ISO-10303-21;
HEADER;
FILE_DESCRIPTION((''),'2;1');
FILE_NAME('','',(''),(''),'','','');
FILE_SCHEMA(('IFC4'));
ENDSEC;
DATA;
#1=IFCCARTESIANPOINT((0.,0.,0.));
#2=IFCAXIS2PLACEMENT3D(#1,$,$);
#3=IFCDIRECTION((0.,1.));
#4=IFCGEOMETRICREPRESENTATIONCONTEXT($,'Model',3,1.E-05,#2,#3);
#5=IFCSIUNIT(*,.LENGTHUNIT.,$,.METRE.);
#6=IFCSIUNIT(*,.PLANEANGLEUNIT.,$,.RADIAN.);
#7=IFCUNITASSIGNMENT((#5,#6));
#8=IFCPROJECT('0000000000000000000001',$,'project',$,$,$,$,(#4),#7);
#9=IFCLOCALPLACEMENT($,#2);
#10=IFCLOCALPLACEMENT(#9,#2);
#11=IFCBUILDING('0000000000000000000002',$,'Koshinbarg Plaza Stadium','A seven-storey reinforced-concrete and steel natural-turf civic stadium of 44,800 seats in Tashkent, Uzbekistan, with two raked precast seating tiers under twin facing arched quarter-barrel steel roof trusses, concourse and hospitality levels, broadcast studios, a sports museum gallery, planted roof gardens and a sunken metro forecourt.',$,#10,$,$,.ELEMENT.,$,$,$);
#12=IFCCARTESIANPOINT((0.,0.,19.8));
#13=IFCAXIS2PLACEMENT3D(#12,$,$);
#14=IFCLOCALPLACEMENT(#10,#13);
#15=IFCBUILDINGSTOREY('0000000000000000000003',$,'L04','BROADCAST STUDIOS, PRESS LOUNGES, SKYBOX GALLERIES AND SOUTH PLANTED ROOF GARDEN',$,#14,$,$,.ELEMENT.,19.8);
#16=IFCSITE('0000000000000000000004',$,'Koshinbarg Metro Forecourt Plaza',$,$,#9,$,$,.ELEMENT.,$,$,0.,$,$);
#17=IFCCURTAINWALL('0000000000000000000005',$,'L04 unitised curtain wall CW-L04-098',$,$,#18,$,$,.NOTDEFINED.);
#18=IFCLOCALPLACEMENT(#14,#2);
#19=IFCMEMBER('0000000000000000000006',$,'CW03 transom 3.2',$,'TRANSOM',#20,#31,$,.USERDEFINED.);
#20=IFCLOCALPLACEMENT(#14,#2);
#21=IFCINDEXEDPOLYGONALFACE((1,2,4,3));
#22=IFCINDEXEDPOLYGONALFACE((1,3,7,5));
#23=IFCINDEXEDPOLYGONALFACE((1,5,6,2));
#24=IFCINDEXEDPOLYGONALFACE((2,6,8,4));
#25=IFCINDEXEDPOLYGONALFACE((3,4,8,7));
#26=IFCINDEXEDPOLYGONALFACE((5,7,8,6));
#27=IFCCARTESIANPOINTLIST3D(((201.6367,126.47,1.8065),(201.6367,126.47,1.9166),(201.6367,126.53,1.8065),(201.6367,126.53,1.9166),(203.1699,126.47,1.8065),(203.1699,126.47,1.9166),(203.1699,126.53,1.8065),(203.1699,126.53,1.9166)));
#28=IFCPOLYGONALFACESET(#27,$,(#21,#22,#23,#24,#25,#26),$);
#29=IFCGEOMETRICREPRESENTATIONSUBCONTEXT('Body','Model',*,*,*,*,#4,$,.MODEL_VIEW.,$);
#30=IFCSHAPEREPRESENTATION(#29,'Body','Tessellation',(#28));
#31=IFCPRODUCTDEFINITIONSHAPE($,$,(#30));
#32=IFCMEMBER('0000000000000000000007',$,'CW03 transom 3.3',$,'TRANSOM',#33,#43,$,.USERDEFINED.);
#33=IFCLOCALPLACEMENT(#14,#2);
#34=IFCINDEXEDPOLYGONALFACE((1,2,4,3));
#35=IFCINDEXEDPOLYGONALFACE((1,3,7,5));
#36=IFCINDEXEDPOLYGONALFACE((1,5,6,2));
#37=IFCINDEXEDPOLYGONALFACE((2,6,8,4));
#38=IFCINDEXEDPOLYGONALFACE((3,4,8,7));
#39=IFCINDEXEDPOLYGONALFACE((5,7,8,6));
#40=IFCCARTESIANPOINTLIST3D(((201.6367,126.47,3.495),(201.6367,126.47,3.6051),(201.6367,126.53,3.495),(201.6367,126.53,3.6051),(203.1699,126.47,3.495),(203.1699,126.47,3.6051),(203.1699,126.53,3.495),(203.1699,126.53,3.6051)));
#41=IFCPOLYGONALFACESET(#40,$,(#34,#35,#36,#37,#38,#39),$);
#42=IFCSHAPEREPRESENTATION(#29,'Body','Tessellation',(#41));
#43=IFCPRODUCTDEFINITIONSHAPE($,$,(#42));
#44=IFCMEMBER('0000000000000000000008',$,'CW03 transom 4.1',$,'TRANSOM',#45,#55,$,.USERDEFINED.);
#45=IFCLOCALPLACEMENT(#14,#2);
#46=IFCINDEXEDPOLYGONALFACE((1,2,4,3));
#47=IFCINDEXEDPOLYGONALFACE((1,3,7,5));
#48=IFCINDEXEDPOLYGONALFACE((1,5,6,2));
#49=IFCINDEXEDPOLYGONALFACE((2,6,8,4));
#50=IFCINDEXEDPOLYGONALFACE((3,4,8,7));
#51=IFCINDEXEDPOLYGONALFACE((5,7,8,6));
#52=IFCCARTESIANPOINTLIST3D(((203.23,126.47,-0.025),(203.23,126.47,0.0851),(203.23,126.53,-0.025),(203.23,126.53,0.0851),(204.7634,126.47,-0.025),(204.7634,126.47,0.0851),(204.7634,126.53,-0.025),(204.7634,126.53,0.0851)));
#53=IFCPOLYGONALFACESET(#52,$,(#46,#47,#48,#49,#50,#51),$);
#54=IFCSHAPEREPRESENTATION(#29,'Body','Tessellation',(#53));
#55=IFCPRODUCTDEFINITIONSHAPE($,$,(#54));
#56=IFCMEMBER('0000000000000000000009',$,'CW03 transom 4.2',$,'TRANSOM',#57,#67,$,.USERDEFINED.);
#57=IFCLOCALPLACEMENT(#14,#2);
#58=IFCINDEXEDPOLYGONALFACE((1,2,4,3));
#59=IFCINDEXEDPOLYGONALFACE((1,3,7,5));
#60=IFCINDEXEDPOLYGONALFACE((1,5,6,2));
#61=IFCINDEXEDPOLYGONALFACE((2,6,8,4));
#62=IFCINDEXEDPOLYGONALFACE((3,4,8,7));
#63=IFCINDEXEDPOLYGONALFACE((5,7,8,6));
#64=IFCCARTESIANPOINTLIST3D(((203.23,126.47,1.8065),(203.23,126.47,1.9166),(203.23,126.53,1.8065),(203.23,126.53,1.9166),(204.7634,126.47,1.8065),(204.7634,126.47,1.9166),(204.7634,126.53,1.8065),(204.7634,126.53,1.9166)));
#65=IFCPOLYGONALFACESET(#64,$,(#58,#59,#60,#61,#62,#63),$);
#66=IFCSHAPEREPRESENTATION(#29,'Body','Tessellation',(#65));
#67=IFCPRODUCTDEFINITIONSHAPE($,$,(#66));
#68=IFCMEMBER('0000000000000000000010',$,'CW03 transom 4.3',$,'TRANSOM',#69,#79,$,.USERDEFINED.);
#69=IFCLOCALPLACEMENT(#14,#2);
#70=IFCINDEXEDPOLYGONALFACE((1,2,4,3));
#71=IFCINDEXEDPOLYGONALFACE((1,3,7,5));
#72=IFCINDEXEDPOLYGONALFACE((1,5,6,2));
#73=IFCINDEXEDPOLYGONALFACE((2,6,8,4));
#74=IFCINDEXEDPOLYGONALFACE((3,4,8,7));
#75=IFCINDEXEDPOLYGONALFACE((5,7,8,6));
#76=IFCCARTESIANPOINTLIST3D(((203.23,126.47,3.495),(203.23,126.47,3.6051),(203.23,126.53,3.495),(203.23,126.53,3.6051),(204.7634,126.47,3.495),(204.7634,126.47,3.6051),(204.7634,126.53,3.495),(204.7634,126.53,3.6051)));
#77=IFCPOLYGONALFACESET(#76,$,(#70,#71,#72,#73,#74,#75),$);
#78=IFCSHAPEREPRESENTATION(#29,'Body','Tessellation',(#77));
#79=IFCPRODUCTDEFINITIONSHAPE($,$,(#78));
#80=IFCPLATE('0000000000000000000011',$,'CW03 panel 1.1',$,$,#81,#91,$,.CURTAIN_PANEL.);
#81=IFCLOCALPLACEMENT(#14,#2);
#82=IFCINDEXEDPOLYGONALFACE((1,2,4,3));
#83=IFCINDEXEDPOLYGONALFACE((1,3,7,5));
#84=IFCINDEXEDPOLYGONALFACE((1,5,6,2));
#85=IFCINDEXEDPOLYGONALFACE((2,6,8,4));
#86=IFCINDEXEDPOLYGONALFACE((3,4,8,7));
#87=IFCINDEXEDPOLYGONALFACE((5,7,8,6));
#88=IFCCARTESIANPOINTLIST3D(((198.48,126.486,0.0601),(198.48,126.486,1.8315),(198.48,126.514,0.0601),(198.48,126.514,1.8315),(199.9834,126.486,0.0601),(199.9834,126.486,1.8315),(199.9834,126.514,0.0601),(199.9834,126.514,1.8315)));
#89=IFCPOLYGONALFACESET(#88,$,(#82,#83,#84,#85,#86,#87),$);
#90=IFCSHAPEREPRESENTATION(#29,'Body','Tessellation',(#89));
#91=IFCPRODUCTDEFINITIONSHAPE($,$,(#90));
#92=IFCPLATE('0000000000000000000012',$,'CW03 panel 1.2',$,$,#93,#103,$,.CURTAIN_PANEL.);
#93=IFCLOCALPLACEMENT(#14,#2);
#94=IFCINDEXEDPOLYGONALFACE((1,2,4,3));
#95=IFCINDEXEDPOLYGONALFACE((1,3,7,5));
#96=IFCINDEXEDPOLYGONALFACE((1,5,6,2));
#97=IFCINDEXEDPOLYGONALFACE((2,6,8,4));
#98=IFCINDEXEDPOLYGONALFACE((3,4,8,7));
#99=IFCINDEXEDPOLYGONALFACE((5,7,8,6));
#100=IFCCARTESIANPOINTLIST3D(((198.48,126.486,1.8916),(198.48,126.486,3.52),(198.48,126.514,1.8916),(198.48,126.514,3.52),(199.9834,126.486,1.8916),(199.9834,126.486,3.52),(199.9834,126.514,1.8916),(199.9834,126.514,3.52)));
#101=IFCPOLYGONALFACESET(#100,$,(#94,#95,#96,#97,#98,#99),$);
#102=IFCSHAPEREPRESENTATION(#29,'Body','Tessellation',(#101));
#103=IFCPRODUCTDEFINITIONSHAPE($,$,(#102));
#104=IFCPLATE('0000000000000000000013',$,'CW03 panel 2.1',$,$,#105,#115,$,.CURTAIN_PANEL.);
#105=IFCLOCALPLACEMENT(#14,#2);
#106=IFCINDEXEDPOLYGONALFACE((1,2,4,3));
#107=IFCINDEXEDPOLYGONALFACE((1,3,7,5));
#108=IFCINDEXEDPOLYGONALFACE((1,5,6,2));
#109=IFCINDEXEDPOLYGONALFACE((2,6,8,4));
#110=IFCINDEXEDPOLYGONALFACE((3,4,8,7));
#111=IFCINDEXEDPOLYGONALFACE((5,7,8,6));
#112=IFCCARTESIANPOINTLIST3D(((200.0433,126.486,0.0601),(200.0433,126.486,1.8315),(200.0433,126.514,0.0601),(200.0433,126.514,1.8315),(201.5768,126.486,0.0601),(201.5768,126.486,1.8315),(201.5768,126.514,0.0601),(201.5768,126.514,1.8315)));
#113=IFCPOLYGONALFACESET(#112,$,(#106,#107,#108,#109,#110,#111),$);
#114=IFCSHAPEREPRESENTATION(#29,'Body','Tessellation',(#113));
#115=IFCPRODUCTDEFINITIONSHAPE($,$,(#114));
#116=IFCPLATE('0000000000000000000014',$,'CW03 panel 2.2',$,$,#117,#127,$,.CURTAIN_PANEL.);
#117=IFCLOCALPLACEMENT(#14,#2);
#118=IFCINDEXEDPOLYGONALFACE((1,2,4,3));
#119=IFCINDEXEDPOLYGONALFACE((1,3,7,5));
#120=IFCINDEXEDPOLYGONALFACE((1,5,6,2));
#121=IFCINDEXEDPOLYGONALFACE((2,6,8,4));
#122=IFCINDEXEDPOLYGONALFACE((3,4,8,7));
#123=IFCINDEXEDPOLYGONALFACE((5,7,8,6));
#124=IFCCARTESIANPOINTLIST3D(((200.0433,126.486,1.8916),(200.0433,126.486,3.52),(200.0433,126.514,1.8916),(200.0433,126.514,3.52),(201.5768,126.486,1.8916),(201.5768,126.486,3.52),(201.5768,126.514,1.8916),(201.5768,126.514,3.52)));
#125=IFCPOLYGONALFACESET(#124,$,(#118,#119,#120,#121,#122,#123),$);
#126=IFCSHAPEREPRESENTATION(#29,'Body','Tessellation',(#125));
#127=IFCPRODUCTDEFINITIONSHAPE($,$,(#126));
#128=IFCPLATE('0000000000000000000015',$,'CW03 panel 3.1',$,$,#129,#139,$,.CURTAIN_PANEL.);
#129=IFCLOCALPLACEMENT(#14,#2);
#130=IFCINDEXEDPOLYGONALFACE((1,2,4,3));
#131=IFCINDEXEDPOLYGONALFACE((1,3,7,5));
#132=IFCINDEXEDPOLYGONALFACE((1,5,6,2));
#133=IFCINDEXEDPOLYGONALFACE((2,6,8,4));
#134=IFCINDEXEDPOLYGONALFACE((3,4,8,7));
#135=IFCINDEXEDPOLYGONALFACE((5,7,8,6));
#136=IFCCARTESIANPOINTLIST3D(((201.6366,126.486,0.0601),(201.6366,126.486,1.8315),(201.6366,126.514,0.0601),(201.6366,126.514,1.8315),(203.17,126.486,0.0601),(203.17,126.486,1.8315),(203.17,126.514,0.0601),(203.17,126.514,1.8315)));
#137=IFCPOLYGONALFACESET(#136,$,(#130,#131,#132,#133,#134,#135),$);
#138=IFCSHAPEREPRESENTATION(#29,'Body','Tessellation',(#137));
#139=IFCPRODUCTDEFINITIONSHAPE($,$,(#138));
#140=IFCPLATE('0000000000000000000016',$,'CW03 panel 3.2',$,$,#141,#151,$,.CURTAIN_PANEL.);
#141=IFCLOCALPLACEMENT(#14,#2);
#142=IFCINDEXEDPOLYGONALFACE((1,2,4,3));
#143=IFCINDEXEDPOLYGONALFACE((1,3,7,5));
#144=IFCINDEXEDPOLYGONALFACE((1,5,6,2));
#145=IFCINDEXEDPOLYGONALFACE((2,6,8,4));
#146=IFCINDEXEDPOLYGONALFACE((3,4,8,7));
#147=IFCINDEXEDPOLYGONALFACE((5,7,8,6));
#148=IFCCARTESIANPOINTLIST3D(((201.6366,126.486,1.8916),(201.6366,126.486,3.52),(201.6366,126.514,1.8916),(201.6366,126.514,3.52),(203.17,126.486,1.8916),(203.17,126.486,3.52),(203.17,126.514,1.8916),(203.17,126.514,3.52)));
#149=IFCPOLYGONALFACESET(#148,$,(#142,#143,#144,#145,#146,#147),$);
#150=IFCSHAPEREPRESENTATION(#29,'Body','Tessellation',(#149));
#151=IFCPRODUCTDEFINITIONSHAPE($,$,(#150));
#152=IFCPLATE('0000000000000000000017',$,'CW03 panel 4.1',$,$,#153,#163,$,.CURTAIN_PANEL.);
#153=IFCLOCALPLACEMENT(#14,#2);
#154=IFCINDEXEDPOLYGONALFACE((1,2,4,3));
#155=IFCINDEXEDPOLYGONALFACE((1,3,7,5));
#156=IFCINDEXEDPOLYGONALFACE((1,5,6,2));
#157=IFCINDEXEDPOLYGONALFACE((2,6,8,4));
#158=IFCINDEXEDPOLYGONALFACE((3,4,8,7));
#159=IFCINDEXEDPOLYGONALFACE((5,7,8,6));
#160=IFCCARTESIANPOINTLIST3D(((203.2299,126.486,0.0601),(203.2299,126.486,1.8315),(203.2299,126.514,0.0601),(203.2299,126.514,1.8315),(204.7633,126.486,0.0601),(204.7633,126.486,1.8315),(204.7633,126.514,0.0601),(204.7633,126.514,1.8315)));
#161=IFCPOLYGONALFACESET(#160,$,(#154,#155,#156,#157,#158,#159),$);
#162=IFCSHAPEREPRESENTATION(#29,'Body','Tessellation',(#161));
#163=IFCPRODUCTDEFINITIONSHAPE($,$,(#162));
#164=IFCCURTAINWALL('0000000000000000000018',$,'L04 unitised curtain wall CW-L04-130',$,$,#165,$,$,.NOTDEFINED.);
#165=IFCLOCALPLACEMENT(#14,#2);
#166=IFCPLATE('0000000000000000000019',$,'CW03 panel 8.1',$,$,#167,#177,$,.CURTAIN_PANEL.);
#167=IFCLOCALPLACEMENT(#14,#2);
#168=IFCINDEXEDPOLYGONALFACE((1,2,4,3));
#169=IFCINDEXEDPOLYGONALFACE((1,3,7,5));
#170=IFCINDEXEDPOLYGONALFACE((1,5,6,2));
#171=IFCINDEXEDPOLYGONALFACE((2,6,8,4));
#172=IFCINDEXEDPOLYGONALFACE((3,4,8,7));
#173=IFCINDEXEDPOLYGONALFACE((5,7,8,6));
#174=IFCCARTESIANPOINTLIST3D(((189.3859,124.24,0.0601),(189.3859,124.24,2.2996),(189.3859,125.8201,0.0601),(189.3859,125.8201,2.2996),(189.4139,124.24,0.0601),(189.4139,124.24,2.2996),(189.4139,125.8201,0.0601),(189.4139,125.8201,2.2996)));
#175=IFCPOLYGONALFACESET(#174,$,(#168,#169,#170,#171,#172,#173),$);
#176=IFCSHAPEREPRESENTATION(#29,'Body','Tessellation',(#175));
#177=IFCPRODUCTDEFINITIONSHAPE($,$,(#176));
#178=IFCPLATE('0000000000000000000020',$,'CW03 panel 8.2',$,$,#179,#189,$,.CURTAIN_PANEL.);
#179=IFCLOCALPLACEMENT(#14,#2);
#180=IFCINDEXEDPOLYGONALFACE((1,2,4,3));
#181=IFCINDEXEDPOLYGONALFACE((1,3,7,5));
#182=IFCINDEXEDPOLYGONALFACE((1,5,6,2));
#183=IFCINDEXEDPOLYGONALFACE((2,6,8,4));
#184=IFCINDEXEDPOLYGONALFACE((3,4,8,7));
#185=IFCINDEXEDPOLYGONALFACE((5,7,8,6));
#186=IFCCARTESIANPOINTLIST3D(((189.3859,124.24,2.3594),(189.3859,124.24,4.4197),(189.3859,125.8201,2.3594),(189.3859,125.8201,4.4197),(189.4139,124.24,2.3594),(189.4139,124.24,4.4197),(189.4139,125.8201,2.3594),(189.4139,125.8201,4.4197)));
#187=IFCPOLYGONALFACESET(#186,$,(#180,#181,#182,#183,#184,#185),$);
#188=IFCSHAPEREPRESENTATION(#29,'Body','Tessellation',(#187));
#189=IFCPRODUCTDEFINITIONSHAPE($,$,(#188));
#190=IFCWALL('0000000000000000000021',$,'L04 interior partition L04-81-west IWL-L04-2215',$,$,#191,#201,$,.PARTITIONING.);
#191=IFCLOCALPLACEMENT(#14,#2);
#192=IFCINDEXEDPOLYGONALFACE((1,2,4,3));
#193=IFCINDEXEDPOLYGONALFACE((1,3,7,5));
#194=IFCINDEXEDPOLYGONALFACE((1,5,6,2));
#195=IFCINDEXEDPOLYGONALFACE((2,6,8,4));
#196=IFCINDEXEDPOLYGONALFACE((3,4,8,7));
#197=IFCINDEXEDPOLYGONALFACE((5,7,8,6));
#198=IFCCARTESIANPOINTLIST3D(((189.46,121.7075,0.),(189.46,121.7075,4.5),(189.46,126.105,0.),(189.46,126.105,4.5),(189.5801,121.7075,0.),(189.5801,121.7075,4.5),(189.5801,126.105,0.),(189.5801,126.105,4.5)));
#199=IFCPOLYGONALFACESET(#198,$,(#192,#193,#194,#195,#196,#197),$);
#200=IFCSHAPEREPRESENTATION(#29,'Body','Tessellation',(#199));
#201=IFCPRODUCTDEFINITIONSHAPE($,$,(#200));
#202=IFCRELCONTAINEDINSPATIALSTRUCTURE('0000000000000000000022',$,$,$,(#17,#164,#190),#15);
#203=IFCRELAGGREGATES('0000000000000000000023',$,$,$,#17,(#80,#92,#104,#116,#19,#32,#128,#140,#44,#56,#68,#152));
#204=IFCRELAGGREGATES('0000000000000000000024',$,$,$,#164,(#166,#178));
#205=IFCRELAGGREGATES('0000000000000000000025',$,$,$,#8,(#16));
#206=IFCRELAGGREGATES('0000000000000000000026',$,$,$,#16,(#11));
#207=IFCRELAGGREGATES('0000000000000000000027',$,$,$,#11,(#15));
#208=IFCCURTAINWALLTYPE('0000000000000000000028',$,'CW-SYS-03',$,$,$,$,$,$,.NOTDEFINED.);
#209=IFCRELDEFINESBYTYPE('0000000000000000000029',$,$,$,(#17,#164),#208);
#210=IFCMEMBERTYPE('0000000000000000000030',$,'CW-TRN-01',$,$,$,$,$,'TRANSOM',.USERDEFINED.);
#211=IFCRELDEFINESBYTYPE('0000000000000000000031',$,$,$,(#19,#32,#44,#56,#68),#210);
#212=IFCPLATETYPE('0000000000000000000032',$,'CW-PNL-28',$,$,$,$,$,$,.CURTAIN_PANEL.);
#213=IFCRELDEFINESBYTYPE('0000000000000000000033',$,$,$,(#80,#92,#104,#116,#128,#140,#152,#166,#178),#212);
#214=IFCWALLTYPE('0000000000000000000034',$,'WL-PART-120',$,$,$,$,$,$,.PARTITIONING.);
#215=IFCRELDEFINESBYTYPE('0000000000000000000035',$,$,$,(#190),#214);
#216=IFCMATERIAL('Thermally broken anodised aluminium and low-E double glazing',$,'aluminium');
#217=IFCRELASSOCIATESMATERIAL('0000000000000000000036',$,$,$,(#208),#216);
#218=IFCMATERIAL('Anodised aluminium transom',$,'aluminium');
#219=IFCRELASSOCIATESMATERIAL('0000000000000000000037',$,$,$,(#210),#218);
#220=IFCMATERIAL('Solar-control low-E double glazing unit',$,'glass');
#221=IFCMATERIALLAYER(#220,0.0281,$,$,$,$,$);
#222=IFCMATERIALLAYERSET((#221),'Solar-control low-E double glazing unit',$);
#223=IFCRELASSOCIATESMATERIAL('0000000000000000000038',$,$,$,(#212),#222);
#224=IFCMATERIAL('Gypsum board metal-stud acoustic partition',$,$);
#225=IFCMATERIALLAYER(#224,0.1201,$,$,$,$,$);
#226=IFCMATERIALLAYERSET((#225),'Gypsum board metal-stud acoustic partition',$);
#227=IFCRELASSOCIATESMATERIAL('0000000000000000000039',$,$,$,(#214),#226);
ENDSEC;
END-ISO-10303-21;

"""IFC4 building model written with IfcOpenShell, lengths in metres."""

from ifc_helpers import new_model, si_unit, direction, frame, frame_2d, origin, origin_2d, place, context, subcontext, project, spatial, rectangle, extrude, material, layer, layer_set, material_profile, profile_set, type_object, element, aggregate, save


model = new_model("IFC4")

# Units and contexts
model_context = context("Model", 3, precision=1e-05, world=origin(), true_north=direction((0.0, 1.0)))
body_context = subcontext(model_context, "Body", "Model", "MODEL_VIEW")
ifc_project = project(units=[si_unit("LENGTHUNIT", "METRE"), si_unit("PLANEANGLEUNIT", "RADIAN")], contexts=[model_context])

# Site, building, storey
site_placement = place(None, origin())
site = spatial("IfcSite", under=ifc_project, at=site_placement, Name="Koshinbarg Metro Forecourt Plaza", CompositionType="ELEMENT", RefElevation=0.0)
building_placement = place(site_placement, origin())
building = spatial("IfcBuilding", under=site, at=building_placement, Name="Koshinbarg Plaza Stadium", Description="A seven-storey reinforced-concrete and steel natural-turf civic stadium of 44,800 seats in Tashkent, Uzbekistan, with two raked precast seating tiers under twin facing arched quarter-barrel steel roof trusses, concourse and hospitality levels, broadcast studios, a sports museum gallery, planted roof gardens and a sunken metro forecourt.", CompositionType="ELEMENT")
storey_placement = place(building_placement, frame((0.0, 0.0, 19.8)))
storey = spatial("IfcBuildingStorey", under=building, at=storey_placement, Name="L04", Description="BROADCAST STUDIOS, PRESS LOUNGES, SKYBOX GALLERIES AND SOUTH PLANTED ROOF GARDEN", CompositionType="ELEMENT", Elevation=19.8)

# Curtain wall, members, plates
ifc_material_1 = material(Name="Thermally broken anodised aluminium and low-E double glazing", Category="aluminium")
curtain_wall_type = type_object("IfcCurtainWallType", Name="CW-SYS-03", PredefinedType="NOTDEFINED", material=ifc_material_1)
curtain_wall_1_placement = place(storey_placement, origin())
curtain_wall_1 = element("IfcCurtainWall", 1, at=curtain_wall_1_placement, inside=storey, type_object=curtain_wall_type, Name="L04 unitised curtain wall CW-L04-098", PredefinedType="NOTDEFINED")
ifc_material_2 = material(Name="Anodised aluminium transom", Category="aluminium")
ifc_material_profile_1 = material_profile(ifc_material_2, rectangle(XDim=0.0601, YDim=0.1101, at=origin_2d()), Name="ALU 60x110")
ifc_profile_set_1 = profile_set([ifc_material_profile_1], Name="Anodised aluminium transom")
member_type_1 = type_object("IfcMemberType", Name="CW-TRN-01", ElementType="TRANSOM", PredefinedType="USERDEFINED", material=ifc_profile_set_1)
member_1_placement = place(storey_placement, frame((201.6367, 126.5, 1.8616), z_axis=(1.0, 0.0, 0.0), x_axis=(0.0, 1.0, 0.0)))
member_1 = element("IfcMember", 2, at=member_1_placement, type_object=member_type_1, Name="CW03 transom 3.2", ObjectType="TRANSOM", PredefinedType="USERDEFINED", context=body_context, shape_type="SweptSolid", body=[
    extrude(rectangle(XDim=0.0601, YDim=0.1101, at=origin_2d()), origin(), (0.0, 0.0, 1.0), 1.5332),
])
member_2_placement = place(storey_placement, frame((201.6367, 126.5, 3.55), z_axis=(1.0, 0.0, 0.0), x_axis=(0.0, 1.0, 0.0)))
member_2 = element("IfcMember", 3, at=member_2_placement, type_object=member_type_1, Name="CW03 transom 3.3", ObjectType="TRANSOM", PredefinedType="USERDEFINED", context=body_context, shape_type="SweptSolid", body=[
    extrude(rectangle(XDim=0.0601, YDim=0.1101, at=origin_2d()), origin(), (0.0, 0.0, 1.0), 1.5332),
])
member_3_placement = place(storey_placement, frame((203.23, 126.5, 0.03), z_axis=(1.0, 0.0, 0.0), x_axis=(0.0, 1.0, 0.0)))
member_3 = element("IfcMember", 4, at=member_3_placement, type_object=member_type_1, Name="CW03 transom 4.1", ObjectType="TRANSOM", PredefinedType="USERDEFINED", context=body_context, shape_type="SweptSolid", body=[
    extrude(rectangle(XDim=0.0601, YDim=0.1101, at=origin_2d()), origin(), (0.0, 0.0, 1.0), 1.5334),
])
member_4_placement = place(storey_placement, frame((203.23, 126.5, 1.8616), z_axis=(1.0, 0.0, 0.0), x_axis=(0.0, 1.0, 0.0)))
member_4 = element("IfcMember", 5, at=member_4_placement, type_object=member_type_1, Name="CW03 transom 4.2", ObjectType="TRANSOM", PredefinedType="USERDEFINED", context=body_context, shape_type="SweptSolid", body=[
    extrude(rectangle(XDim=0.0601, YDim=0.1101, at=origin_2d()), origin(), (0.0, 0.0, 1.0), 1.5334),
])
member_5_placement = place(storey_placement, frame((203.23, 126.5, 3.55), z_axis=(1.0, 0.0, 0.0), x_axis=(0.0, 1.0, 0.0)))
member_5 = element("IfcMember", 6, at=member_5_placement, type_object=member_type_1, Name="CW03 transom 4.3", ObjectType="TRANSOM", PredefinedType="USERDEFINED", context=body_context, shape_type="SweptSolid", body=[
    extrude(rectangle(XDim=0.0601, YDim=0.1101, at=origin_2d()), origin(), (0.0, 0.0, 1.0), 1.5334),
])
ifc_material_3 = material(Name="Solar-control low-E double glazing unit", Category="glass")
ifc_layer_1 = layer(ifc_material_3, 0.0281)
ifc_layer_set_1 = layer_set([ifc_layer_1], Name="Solar-control low-E double glazing unit")
plate_type = type_object("IfcPlateType", Name="CW-PNL-28", PredefinedType="CURTAIN_PANEL", material=ifc_layer_set_1)
plate_1_placement = place(storey_placement, frame((199.2317, 126.5, 0.0601), z_axis=(0.0, 0.0, 1.0), x_axis=(1.0, 0.0, 0.0)))
plate_1 = element("IfcPlate", 7, at=plate_1_placement, type_object=plate_type, Name="CW03 panel 1.1", PredefinedType="CURTAIN_PANEL", context=body_context, shape_type="SweptSolid", body=[
    extrude(rectangle(XDim=1.5034, YDim=0.0281, at=origin_2d()), origin(), (0.0, 0.0, 1.0), 1.7715),
])
plate_2_placement = place(storey_placement, frame((199.2317, 126.5, 1.8916), z_axis=(0.0, 0.0, 1.0), x_axis=(1.0, 0.0, 0.0)))
plate_2 = element("IfcPlate", 8, at=plate_2_placement, type_object=plate_type, Name="CW03 panel 1.2", PredefinedType="CURTAIN_PANEL", context=body_context, shape_type="SweptSolid", body=[
    extrude(rectangle(XDim=1.5034, YDim=0.0281, at=origin_2d()), origin(), (0.0, 0.0, 1.0), 1.6284),
])
plate_3_placement = place(storey_placement, frame((200.8101, 126.5, 0.0601), z_axis=(0.0, 0.0, 1.0), x_axis=(1.0, 0.0, 0.0)))
plate_3 = element("IfcPlate", 9, at=plate_3_placement, type_object=plate_type, Name="CW03 panel 2.1", PredefinedType="CURTAIN_PANEL", context=body_context, shape_type="SweptSolid", body=[
    extrude(rectangle(XDim=1.5334, YDim=0.0281, at=origin_2d()), origin(), (0.0, 0.0, 1.0), 1.7715),
])
plate_4_placement = place(storey_placement, frame((200.8101, 126.5, 1.8916), z_axis=(0.0, 0.0, 1.0), x_axis=(1.0, 0.0, 0.0)))
plate_4 = element("IfcPlate", 10, at=plate_4_placement, type_object=plate_type, Name="CW03 panel 2.2", PredefinedType="CURTAIN_PANEL", context=body_context, shape_type="SweptSolid", body=[
    extrude(rectangle(XDim=1.5334, YDim=0.0281, at=origin_2d()), origin(), (0.0, 0.0, 1.0), 1.6284),
])
plate_5_placement = place(storey_placement, frame((202.4033, 126.5, 0.0601), z_axis=(0.0, 0.0, 1.0), x_axis=(1.0, 0.0, 0.0)))
plate_5 = element("IfcPlate", 11, at=plate_5_placement, type_object=plate_type, Name="CW03 panel 3.1", PredefinedType="CURTAIN_PANEL", context=body_context, shape_type="SweptSolid", body=[
    extrude(rectangle(XDim=1.5334, YDim=0.0281, at=origin_2d()), origin(), (0.0, 0.0, 1.0), 1.7715),
])
plate_6_placement = place(storey_placement, frame((202.4033, 126.5, 1.8916), z_axis=(0.0, 0.0, 1.0), x_axis=(1.0, 0.0, 0.0)))
plate_6 = element("IfcPlate", 12, at=plate_6_placement, type_object=plate_type, Name="CW03 panel 3.2", PredefinedType="CURTAIN_PANEL", context=body_context, shape_type="SweptSolid", body=[
    extrude(rectangle(XDim=1.5334, YDim=0.0281, at=origin_2d()), origin(), (0.0, 0.0, 1.0), 1.6284),
])
plate_7_placement = place(storey_placement, frame((203.9966, 126.5, 0.0601), z_axis=(0.0, 0.0, 1.0), x_axis=(1.0, 0.0, 0.0)))
plate_7 = element("IfcPlate", 13, at=plate_7_placement, type_object=plate_type, Name="CW03 panel 4.1", PredefinedType="CURTAIN_PANEL", context=body_context, shape_type="SweptSolid", body=[
    extrude(rectangle(XDim=1.5334, YDim=0.0281, at=origin_2d()), origin(), (0.0, 0.0, 1.0), 1.7715),
])
aggregate(curtain_wall_1, [plate_1, plate_2, plate_3, plate_4, member_1, member_2, plate_5, plate_6, member_3, member_4, member_5, plate_7])

# Curtain wall, plates
curtain_wall_2_placement = place(storey_placement, origin())
curtain_wall_2 = element("IfcCurtainWall", 14, at=curtain_wall_2_placement, inside=storey, type_object=curtain_wall_type, Name="L04 unitised curtain wall CW-L04-130", PredefinedType="NOTDEFINED")
plate_8_placement = place(storey_placement, frame((189.3999, 125.03, 0.0601), z_axis=(0.0, 0.0, 1.0), x_axis=(0.0, 1.0, 0.0)))
plate_8 = element("IfcPlate", 15, at=plate_8_placement, type_object=plate_type, Name="CW03 panel 8.1", PredefinedType="CURTAIN_PANEL", context=body_context, shape_type="SweptSolid", body=[
    extrude(rectangle(XDim=1.5801, YDim=0.0281, at=origin_2d()), origin(), (0.0, 0.0, 1.0), 2.2395),
])
plate_9_placement = place(storey_placement, frame((189.3999, 125.03, 2.3594), z_axis=(0.0, 0.0, 1.0), x_axis=(0.0, 1.0, 0.0)))
plate_9 = element("IfcPlate", 16, at=plate_9_placement, type_object=plate_type, Name="CW03 panel 8.2", PredefinedType="CURTAIN_PANEL", context=body_context, shape_type="SweptSolid", body=[
    extrude(rectangle(XDim=1.5801, YDim=0.0281, at=origin_2d()), origin(), (0.0, 0.0, 1.0), 2.0603),
])
aggregate(curtain_wall_2, [plate_8, plate_9])

# Wall
ifc_material_4 = material(Name="Gypsum board metal-stud acoustic partition")
ifc_layer_2 = layer(ifc_material_4, 0.1201)
ifc_layer_set_2 = layer_set([ifc_layer_2], Name="Gypsum board metal-stud acoustic partition")
wall_type = type_object("IfcWallType", Name="WL-PART-120", PredefinedType="PARTITIONING", material=ifc_layer_set_2)
wall_placement = place(storey_placement, frame((189.52, 126.105, 0.0), z_axis=(0.0, 0.0, 1.0), x_axis=(0.0, -1.0, 0.0)))
element("IfcWall", 17, at=wall_placement, inside=storey, type_object=wall_type, Name="L04 interior partition L04-81-west IWL-L04-2215", PredefinedType="PARTITIONING", context=body_context, shape_type="SweptSolid", body=[
    extrude(rectangle(XDim=4.3975, YDim=0.1201, at=frame_2d((2.1987, 0.0))), origin(), (0.0, 0.0, 1.0), 4.5),
])

save(model, "model.ifc")
